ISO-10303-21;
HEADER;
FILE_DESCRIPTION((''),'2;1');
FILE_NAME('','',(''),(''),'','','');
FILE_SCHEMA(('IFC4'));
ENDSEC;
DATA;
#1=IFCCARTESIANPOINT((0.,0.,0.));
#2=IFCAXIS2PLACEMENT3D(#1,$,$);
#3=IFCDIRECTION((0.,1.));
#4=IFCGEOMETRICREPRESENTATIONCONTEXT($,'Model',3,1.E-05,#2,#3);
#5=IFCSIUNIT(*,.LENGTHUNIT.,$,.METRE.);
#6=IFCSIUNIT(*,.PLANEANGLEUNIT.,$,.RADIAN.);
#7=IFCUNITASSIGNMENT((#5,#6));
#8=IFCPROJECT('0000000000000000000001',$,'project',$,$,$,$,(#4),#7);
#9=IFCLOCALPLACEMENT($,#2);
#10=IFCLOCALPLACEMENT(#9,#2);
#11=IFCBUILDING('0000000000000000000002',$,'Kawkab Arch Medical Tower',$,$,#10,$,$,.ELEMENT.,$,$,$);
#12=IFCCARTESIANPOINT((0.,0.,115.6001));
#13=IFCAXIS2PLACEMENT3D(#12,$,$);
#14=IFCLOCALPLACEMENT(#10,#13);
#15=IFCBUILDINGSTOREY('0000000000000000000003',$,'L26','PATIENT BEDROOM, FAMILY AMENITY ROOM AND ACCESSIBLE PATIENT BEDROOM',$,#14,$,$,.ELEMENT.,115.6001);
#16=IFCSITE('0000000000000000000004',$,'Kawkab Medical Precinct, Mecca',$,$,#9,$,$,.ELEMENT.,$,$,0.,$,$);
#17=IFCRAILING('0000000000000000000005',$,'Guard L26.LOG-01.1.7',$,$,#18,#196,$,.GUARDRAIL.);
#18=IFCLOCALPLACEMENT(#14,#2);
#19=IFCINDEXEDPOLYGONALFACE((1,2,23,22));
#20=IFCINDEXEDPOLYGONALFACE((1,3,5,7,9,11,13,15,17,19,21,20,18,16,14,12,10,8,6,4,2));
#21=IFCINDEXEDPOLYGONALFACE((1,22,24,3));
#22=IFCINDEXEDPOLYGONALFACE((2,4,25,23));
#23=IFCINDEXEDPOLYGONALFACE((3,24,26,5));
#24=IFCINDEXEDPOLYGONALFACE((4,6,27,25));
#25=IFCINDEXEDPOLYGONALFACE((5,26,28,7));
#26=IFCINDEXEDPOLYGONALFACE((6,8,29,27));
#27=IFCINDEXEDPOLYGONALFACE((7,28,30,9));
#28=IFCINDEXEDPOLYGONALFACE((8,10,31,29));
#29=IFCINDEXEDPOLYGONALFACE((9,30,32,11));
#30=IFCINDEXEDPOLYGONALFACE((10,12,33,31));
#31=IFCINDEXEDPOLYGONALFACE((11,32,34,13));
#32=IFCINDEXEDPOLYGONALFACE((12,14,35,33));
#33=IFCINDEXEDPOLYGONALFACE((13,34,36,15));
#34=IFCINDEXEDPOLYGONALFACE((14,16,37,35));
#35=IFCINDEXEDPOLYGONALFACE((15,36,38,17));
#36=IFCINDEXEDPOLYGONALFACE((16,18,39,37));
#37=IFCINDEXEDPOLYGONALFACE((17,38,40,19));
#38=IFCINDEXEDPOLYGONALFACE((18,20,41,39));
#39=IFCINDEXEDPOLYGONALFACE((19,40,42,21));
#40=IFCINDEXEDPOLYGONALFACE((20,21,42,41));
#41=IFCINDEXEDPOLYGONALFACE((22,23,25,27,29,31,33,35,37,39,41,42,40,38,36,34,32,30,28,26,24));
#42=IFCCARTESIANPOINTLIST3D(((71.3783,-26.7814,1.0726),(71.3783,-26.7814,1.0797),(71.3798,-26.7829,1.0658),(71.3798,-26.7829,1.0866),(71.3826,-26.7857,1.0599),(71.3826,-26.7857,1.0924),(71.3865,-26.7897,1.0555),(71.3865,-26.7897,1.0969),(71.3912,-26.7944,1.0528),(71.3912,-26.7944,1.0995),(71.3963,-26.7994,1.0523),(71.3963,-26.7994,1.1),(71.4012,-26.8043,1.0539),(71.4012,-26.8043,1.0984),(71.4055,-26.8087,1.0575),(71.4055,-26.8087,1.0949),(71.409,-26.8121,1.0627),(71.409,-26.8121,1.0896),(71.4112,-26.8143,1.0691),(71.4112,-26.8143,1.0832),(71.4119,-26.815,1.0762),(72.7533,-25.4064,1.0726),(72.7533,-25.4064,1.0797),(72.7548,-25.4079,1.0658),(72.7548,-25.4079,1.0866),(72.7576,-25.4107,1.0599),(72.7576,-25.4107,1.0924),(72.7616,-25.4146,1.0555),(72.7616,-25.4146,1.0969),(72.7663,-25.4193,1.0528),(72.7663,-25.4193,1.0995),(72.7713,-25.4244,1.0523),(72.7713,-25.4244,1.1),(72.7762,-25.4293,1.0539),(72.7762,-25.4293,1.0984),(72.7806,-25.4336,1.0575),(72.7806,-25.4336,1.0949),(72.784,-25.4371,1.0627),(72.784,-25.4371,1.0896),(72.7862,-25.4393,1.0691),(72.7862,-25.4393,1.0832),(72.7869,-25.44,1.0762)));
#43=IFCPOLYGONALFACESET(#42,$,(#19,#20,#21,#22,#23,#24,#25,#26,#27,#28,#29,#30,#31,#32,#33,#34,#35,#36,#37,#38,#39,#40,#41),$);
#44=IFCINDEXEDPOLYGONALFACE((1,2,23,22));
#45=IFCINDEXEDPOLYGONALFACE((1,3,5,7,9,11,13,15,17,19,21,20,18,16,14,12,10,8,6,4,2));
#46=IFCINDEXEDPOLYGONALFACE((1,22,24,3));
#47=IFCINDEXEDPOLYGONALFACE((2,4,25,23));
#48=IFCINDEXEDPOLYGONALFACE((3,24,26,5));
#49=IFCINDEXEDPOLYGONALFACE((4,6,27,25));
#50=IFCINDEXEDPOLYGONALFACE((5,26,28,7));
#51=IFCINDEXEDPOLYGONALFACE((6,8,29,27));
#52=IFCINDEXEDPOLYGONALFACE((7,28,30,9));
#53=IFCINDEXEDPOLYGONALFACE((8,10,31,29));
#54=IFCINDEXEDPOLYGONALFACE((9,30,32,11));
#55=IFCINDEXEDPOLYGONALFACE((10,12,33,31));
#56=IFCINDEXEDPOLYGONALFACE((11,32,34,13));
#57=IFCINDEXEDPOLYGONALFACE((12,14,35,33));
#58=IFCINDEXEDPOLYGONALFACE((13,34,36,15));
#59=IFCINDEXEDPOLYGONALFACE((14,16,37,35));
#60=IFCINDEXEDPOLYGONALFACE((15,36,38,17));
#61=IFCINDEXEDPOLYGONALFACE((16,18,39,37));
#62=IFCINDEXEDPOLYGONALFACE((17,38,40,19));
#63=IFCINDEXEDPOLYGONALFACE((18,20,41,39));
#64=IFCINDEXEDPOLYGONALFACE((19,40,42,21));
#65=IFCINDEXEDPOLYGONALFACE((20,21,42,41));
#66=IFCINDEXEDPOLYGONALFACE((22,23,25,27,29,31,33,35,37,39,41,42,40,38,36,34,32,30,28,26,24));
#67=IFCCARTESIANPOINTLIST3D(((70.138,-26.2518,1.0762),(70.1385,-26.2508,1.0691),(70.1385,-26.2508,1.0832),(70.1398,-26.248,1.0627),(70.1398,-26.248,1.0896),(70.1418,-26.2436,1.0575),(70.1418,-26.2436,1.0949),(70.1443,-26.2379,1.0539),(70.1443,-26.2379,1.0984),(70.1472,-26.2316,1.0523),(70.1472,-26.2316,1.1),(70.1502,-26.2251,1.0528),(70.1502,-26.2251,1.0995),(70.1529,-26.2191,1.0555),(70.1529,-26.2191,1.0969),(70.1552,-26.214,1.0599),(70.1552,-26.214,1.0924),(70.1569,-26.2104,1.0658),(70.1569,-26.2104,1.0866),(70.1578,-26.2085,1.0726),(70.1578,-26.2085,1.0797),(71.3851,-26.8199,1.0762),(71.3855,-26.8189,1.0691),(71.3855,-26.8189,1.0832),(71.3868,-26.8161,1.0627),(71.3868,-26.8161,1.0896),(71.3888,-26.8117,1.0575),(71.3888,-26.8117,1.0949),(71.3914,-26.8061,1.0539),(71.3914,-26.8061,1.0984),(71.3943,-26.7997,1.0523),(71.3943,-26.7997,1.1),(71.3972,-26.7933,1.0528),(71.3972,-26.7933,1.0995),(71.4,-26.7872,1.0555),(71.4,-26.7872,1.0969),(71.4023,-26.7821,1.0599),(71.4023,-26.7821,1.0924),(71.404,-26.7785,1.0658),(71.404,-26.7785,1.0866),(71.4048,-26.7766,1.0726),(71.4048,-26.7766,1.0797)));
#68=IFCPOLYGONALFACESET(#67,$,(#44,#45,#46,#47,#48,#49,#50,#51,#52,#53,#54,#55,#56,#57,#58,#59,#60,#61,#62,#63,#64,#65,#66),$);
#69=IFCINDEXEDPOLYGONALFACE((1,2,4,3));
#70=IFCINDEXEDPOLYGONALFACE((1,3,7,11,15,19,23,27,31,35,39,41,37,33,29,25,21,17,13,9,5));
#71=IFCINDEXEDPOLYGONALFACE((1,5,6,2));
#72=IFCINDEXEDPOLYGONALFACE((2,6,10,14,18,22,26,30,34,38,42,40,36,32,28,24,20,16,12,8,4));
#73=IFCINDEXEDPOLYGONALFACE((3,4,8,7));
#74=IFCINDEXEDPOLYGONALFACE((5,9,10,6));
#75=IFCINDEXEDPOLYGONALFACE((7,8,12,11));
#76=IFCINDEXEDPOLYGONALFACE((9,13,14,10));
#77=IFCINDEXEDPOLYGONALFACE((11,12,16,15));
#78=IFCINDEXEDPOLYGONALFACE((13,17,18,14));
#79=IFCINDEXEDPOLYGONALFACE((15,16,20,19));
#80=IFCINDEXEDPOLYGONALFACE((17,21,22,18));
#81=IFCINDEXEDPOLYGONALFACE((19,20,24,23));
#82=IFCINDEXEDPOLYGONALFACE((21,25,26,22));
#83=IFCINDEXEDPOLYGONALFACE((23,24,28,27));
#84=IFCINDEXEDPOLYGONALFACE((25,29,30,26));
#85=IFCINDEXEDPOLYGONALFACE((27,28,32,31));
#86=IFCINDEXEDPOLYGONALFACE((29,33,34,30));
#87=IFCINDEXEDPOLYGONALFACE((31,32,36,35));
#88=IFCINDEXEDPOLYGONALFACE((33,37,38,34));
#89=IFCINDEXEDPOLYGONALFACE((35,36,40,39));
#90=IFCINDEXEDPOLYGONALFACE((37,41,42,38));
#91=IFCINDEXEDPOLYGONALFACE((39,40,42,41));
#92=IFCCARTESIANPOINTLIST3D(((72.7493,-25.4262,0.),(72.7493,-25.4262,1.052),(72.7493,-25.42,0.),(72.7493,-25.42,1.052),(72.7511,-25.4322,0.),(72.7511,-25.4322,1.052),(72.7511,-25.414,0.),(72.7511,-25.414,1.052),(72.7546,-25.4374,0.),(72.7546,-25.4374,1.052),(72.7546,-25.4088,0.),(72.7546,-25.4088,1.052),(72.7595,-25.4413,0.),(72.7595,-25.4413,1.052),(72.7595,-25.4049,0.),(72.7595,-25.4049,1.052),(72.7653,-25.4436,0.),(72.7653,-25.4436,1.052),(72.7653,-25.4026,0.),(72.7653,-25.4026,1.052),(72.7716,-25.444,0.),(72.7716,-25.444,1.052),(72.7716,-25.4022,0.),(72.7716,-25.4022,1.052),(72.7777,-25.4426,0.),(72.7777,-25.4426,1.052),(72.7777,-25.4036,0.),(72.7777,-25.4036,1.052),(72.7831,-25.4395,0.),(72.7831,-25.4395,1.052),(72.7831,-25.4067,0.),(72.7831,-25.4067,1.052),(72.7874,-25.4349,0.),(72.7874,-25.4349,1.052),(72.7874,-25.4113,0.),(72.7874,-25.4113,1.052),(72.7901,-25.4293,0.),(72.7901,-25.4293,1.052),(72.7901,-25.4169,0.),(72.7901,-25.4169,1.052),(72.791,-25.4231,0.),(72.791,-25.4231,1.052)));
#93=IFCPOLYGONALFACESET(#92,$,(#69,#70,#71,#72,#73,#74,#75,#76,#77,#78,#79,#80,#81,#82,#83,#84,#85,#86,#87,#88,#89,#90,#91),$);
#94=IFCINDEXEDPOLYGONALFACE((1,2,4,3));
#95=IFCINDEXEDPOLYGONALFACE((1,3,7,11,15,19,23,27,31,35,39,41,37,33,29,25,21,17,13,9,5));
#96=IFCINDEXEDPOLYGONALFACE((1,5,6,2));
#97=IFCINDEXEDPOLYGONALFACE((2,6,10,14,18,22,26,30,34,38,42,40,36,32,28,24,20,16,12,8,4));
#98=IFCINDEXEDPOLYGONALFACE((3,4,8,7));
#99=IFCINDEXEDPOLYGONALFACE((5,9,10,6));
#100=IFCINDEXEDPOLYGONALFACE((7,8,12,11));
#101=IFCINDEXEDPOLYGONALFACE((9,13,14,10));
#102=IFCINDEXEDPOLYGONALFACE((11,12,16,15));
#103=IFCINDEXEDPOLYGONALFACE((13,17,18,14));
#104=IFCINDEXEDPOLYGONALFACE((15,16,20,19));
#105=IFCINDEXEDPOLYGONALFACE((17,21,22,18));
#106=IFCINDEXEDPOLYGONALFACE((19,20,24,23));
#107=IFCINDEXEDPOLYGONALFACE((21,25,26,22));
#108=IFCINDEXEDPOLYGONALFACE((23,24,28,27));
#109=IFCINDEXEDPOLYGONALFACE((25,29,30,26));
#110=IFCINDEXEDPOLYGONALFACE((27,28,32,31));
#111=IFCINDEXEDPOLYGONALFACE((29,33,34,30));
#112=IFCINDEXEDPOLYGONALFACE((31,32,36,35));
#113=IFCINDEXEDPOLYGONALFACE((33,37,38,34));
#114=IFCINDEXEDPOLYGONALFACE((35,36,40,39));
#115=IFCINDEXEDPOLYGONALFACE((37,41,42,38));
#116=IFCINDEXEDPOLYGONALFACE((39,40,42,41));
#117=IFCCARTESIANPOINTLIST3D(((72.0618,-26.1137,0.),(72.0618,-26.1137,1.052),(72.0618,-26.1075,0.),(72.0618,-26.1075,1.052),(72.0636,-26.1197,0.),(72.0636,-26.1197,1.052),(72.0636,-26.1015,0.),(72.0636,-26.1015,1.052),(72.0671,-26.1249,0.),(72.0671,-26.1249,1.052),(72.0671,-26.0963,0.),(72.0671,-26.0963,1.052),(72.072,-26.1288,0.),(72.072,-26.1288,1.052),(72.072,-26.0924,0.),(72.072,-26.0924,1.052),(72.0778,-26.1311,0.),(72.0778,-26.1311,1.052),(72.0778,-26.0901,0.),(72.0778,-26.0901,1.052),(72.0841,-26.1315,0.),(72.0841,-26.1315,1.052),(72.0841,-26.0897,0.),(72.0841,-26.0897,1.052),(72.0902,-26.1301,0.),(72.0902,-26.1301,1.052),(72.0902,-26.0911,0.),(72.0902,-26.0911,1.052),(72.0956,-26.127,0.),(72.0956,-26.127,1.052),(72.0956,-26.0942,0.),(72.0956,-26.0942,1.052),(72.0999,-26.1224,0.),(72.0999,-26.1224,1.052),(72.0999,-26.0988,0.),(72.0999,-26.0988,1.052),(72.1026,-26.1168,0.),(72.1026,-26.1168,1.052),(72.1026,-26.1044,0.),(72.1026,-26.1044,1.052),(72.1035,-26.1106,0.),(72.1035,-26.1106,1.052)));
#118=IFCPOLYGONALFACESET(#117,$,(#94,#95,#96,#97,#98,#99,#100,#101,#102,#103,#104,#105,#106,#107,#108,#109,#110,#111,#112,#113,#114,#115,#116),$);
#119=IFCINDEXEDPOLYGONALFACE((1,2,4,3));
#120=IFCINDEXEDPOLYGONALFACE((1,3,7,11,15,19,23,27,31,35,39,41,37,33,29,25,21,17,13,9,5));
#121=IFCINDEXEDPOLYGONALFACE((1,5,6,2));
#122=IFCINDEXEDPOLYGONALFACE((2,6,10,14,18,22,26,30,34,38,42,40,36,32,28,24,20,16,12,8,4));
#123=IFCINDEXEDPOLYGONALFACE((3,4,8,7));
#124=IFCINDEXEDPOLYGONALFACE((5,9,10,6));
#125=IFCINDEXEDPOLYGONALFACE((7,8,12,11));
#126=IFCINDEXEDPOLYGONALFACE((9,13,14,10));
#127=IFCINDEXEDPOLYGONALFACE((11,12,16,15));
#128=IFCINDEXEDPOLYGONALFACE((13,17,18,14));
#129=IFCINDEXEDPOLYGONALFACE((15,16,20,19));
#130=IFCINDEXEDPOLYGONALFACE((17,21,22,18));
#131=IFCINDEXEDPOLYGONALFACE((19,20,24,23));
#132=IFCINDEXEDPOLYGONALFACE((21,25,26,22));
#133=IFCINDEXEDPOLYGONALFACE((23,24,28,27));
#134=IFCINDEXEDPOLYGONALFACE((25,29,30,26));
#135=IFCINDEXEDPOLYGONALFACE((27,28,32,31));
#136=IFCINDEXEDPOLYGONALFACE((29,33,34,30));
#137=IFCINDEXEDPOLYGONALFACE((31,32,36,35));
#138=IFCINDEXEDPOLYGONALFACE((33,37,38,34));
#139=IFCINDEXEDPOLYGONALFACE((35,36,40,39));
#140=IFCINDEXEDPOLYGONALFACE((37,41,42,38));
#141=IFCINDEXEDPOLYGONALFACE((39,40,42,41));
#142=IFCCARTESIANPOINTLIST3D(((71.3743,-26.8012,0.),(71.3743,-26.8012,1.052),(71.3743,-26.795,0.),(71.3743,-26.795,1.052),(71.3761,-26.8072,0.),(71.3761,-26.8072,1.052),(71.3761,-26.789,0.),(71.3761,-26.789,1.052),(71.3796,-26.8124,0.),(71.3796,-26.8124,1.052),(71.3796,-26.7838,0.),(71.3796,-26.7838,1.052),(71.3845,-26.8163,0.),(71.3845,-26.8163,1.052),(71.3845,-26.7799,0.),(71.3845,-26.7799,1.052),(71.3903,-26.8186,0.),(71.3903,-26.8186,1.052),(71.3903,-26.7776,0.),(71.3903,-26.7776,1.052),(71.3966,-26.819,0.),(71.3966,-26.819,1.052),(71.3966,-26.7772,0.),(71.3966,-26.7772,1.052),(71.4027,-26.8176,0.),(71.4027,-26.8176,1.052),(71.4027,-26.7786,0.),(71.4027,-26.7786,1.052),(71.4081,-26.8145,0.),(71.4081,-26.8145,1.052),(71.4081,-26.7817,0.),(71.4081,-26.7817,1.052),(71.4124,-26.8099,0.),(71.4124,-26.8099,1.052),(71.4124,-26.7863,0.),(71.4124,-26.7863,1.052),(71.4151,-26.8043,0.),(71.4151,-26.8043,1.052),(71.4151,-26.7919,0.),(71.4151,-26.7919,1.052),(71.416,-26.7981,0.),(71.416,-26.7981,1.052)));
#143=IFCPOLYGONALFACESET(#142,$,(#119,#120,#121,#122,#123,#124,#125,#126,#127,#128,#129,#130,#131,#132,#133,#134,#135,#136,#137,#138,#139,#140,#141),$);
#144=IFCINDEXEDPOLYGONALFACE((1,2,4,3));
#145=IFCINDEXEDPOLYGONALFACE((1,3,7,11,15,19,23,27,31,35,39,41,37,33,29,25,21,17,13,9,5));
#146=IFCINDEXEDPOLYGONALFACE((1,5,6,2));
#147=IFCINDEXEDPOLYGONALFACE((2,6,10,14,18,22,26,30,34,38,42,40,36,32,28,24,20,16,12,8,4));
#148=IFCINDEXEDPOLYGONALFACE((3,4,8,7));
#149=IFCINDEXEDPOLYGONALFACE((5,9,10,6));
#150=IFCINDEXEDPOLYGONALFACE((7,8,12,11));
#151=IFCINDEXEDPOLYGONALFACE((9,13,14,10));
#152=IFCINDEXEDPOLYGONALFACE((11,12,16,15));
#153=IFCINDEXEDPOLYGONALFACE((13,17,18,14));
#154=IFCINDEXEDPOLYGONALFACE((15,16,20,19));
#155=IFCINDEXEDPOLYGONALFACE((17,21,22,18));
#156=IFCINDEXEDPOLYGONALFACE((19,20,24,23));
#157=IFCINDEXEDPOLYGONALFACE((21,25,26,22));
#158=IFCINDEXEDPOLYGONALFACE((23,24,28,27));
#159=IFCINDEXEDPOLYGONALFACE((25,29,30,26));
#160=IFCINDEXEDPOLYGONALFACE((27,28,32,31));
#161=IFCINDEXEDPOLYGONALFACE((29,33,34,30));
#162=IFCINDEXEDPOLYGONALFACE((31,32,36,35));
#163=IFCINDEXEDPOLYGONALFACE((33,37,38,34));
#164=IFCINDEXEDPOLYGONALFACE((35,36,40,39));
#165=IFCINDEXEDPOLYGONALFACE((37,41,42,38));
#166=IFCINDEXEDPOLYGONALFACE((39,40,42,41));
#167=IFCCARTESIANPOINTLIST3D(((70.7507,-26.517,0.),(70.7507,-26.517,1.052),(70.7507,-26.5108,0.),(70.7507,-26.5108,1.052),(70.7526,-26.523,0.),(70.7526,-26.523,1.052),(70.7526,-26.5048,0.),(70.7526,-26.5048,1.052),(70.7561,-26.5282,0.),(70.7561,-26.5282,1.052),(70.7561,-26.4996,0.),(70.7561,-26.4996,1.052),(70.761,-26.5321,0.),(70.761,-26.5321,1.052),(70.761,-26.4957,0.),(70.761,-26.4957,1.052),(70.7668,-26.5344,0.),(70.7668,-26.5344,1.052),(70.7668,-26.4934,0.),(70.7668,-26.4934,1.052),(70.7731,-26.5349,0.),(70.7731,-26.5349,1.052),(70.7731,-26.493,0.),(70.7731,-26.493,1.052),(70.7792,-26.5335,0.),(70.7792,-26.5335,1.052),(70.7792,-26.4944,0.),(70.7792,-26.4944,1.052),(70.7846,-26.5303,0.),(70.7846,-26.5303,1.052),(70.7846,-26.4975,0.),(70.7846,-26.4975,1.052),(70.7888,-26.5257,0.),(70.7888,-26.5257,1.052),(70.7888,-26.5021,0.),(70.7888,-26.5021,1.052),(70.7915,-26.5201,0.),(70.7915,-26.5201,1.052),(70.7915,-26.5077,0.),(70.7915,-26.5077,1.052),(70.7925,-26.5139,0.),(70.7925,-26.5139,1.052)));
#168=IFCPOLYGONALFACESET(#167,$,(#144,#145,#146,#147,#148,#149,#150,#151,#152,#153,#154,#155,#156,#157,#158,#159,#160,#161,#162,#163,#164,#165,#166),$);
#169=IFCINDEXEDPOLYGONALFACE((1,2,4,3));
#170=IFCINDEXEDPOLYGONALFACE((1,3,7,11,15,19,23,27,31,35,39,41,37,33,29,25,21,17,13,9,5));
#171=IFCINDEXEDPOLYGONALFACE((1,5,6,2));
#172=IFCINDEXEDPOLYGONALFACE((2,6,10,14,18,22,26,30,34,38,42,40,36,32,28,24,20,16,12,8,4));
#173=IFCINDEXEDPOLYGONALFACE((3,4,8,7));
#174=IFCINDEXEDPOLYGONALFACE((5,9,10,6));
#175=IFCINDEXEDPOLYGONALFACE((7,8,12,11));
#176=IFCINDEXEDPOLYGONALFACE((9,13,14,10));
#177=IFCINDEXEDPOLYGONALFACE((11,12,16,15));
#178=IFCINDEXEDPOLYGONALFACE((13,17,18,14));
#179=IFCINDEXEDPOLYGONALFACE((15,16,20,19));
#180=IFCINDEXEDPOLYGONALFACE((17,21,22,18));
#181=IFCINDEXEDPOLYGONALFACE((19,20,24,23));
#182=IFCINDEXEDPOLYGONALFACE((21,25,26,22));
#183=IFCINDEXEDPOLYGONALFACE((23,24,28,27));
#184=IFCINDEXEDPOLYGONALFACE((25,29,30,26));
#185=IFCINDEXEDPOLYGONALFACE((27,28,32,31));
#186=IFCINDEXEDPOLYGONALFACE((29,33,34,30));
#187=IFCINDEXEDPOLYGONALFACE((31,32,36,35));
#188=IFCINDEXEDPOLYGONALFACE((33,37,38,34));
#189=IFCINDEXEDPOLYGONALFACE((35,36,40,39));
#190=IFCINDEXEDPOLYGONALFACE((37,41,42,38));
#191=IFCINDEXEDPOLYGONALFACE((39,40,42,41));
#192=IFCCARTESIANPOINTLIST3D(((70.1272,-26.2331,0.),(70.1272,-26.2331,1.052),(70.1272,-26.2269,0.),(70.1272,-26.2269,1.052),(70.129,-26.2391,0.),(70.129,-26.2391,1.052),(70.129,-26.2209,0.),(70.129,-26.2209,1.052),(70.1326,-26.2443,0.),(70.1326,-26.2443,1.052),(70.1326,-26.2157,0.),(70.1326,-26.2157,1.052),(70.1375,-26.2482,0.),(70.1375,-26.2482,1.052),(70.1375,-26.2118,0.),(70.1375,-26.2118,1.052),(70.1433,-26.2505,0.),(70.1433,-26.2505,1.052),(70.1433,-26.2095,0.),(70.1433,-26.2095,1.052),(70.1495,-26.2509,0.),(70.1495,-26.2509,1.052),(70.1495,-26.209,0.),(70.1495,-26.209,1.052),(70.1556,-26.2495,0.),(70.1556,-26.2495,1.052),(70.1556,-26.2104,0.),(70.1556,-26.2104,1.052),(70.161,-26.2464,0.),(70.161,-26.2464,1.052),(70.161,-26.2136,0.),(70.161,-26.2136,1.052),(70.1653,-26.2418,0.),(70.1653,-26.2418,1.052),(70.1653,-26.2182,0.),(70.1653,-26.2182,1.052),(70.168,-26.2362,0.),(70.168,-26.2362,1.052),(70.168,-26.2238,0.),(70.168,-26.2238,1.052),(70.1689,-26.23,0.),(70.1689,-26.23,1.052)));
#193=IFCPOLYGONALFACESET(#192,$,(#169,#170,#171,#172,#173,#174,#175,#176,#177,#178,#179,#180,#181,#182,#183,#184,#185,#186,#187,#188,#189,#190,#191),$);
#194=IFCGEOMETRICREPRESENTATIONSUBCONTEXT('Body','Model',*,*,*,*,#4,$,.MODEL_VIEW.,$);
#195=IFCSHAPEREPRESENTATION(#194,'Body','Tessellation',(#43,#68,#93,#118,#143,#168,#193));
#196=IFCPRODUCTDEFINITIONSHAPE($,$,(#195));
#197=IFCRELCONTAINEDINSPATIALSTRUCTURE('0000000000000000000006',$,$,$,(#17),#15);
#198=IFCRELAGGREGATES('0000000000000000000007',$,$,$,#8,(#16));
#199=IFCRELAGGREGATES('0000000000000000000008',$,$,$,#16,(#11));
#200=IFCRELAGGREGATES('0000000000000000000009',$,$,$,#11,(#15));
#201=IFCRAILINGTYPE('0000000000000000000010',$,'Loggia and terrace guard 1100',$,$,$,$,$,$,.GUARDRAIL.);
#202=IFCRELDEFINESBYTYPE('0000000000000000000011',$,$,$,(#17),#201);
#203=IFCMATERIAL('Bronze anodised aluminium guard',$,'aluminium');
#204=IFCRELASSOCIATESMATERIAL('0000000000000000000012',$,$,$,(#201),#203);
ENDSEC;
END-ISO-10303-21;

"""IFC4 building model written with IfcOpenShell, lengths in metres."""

from ifc_helpers import new_model, si_unit, direction, frame, origin, origin_2d, place, context, subcontext, project, spatial, circle, extrude, material, type_object, element, save


model = new_model("IFC4")

# Units and contexts
model_context = context("Model", 3, precision=1e-05, world=origin(), true_north=direction((0.0, 1.0)))
body_context = subcontext(model_context, "Body", "Model", "MODEL_VIEW")
ifc_project = project(units=[si_unit("LENGTHUNIT", "METRE"), si_unit("PLANEANGLEUNIT", "RADIAN")], contexts=[model_context])

# Site, building, storey
site_placement = place(None, origin())
site = spatial("IfcSite", under=ifc_project, at=site_placement, Name="Kawkab Medical Precinct, Mecca", CompositionType="ELEMENT", RefElevation=0.0)
building_placement = place(site_placement, origin())
building = spatial("IfcBuilding", under=site, at=building_placement, Name="Kawkab Arch Medical Tower", CompositionType="ELEMENT")
storey_placement = place(building_placement, frame((0.0, 0.0, 115.6001)))
storey = spatial("IfcBuildingStorey", under=building, at=storey_placement, Name="L26", Description="PATIENT BEDROOM, FAMILY AMENITY ROOM AND ACCESSIBLE PATIENT BEDROOM", CompositionType="ELEMENT", Elevation=115.6001)

# Railing
ifc_material_1 = material(Name="Bronze anodised aluminium guard", Category="aluminium")
railing_type_1 = type_object("IfcRailingType", Name="Loggia and terrace guard 1100", PredefinedType="GUARDRAIL", material=ifc_material_1)
railing_1_placement = place(storey_placement, frame((72.77, -25.4231, 0.0)))
element("IfcRailing", 1, at=railing_1_placement, inside=storey, type_object=railing_type_1, Name="Guard L26.LOG-01.1.7", PredefinedType="GUARDRAIL", context=body_context, shape_type="SweptSolid", body=[
    extrude(circle(Radius=0.0239, at=origin_2d()), frame((0.0, 0.0, 1.0762), z_axis=(-0.707107, -0.707107, 0.0), x_axis=(0.707107, -0.707107, 0.0)), (0.0, 0.0, 1.0), 1.9446),
    extrude(circle(Radius=0.0239, at=origin_2d()), frame((-1.375, -1.375, 1.0762), z_axis=(-0.910018, 0.414568, 0.0), x_axis=(-0.414568, -0.910018, 0.0)), (0.0, 0.0, 1.0), 1.3704),
    extrude(circle(Radius=0.021, at=origin_2d()), origin(), (0.0, 0.0, 1.0), 1.052),
    extrude(circle(Radius=0.021, at=origin_2d()), frame((-0.6875, -0.6875, 0.0)), (0.0, 0.0, 1.0), 1.052),
    extrude(circle(Radius=0.021, at=origin_2d()), frame((-1.375, -1.375, 0.0)), (0.0, 0.0, 1.0), 1.052),
    extrude(circle(Radius=0.021, at=origin_2d()), frame((-1.9985, -1.0908, 0.0)), (0.0, 0.0, 1.0), 1.052),
    extrude(circle(Radius=0.021, at=origin_2d()), frame((-2.6221, -0.8069, 0.0)), (0.0, 0.0, 1.0), 1.052),
])

save(model, "model.ifc")
